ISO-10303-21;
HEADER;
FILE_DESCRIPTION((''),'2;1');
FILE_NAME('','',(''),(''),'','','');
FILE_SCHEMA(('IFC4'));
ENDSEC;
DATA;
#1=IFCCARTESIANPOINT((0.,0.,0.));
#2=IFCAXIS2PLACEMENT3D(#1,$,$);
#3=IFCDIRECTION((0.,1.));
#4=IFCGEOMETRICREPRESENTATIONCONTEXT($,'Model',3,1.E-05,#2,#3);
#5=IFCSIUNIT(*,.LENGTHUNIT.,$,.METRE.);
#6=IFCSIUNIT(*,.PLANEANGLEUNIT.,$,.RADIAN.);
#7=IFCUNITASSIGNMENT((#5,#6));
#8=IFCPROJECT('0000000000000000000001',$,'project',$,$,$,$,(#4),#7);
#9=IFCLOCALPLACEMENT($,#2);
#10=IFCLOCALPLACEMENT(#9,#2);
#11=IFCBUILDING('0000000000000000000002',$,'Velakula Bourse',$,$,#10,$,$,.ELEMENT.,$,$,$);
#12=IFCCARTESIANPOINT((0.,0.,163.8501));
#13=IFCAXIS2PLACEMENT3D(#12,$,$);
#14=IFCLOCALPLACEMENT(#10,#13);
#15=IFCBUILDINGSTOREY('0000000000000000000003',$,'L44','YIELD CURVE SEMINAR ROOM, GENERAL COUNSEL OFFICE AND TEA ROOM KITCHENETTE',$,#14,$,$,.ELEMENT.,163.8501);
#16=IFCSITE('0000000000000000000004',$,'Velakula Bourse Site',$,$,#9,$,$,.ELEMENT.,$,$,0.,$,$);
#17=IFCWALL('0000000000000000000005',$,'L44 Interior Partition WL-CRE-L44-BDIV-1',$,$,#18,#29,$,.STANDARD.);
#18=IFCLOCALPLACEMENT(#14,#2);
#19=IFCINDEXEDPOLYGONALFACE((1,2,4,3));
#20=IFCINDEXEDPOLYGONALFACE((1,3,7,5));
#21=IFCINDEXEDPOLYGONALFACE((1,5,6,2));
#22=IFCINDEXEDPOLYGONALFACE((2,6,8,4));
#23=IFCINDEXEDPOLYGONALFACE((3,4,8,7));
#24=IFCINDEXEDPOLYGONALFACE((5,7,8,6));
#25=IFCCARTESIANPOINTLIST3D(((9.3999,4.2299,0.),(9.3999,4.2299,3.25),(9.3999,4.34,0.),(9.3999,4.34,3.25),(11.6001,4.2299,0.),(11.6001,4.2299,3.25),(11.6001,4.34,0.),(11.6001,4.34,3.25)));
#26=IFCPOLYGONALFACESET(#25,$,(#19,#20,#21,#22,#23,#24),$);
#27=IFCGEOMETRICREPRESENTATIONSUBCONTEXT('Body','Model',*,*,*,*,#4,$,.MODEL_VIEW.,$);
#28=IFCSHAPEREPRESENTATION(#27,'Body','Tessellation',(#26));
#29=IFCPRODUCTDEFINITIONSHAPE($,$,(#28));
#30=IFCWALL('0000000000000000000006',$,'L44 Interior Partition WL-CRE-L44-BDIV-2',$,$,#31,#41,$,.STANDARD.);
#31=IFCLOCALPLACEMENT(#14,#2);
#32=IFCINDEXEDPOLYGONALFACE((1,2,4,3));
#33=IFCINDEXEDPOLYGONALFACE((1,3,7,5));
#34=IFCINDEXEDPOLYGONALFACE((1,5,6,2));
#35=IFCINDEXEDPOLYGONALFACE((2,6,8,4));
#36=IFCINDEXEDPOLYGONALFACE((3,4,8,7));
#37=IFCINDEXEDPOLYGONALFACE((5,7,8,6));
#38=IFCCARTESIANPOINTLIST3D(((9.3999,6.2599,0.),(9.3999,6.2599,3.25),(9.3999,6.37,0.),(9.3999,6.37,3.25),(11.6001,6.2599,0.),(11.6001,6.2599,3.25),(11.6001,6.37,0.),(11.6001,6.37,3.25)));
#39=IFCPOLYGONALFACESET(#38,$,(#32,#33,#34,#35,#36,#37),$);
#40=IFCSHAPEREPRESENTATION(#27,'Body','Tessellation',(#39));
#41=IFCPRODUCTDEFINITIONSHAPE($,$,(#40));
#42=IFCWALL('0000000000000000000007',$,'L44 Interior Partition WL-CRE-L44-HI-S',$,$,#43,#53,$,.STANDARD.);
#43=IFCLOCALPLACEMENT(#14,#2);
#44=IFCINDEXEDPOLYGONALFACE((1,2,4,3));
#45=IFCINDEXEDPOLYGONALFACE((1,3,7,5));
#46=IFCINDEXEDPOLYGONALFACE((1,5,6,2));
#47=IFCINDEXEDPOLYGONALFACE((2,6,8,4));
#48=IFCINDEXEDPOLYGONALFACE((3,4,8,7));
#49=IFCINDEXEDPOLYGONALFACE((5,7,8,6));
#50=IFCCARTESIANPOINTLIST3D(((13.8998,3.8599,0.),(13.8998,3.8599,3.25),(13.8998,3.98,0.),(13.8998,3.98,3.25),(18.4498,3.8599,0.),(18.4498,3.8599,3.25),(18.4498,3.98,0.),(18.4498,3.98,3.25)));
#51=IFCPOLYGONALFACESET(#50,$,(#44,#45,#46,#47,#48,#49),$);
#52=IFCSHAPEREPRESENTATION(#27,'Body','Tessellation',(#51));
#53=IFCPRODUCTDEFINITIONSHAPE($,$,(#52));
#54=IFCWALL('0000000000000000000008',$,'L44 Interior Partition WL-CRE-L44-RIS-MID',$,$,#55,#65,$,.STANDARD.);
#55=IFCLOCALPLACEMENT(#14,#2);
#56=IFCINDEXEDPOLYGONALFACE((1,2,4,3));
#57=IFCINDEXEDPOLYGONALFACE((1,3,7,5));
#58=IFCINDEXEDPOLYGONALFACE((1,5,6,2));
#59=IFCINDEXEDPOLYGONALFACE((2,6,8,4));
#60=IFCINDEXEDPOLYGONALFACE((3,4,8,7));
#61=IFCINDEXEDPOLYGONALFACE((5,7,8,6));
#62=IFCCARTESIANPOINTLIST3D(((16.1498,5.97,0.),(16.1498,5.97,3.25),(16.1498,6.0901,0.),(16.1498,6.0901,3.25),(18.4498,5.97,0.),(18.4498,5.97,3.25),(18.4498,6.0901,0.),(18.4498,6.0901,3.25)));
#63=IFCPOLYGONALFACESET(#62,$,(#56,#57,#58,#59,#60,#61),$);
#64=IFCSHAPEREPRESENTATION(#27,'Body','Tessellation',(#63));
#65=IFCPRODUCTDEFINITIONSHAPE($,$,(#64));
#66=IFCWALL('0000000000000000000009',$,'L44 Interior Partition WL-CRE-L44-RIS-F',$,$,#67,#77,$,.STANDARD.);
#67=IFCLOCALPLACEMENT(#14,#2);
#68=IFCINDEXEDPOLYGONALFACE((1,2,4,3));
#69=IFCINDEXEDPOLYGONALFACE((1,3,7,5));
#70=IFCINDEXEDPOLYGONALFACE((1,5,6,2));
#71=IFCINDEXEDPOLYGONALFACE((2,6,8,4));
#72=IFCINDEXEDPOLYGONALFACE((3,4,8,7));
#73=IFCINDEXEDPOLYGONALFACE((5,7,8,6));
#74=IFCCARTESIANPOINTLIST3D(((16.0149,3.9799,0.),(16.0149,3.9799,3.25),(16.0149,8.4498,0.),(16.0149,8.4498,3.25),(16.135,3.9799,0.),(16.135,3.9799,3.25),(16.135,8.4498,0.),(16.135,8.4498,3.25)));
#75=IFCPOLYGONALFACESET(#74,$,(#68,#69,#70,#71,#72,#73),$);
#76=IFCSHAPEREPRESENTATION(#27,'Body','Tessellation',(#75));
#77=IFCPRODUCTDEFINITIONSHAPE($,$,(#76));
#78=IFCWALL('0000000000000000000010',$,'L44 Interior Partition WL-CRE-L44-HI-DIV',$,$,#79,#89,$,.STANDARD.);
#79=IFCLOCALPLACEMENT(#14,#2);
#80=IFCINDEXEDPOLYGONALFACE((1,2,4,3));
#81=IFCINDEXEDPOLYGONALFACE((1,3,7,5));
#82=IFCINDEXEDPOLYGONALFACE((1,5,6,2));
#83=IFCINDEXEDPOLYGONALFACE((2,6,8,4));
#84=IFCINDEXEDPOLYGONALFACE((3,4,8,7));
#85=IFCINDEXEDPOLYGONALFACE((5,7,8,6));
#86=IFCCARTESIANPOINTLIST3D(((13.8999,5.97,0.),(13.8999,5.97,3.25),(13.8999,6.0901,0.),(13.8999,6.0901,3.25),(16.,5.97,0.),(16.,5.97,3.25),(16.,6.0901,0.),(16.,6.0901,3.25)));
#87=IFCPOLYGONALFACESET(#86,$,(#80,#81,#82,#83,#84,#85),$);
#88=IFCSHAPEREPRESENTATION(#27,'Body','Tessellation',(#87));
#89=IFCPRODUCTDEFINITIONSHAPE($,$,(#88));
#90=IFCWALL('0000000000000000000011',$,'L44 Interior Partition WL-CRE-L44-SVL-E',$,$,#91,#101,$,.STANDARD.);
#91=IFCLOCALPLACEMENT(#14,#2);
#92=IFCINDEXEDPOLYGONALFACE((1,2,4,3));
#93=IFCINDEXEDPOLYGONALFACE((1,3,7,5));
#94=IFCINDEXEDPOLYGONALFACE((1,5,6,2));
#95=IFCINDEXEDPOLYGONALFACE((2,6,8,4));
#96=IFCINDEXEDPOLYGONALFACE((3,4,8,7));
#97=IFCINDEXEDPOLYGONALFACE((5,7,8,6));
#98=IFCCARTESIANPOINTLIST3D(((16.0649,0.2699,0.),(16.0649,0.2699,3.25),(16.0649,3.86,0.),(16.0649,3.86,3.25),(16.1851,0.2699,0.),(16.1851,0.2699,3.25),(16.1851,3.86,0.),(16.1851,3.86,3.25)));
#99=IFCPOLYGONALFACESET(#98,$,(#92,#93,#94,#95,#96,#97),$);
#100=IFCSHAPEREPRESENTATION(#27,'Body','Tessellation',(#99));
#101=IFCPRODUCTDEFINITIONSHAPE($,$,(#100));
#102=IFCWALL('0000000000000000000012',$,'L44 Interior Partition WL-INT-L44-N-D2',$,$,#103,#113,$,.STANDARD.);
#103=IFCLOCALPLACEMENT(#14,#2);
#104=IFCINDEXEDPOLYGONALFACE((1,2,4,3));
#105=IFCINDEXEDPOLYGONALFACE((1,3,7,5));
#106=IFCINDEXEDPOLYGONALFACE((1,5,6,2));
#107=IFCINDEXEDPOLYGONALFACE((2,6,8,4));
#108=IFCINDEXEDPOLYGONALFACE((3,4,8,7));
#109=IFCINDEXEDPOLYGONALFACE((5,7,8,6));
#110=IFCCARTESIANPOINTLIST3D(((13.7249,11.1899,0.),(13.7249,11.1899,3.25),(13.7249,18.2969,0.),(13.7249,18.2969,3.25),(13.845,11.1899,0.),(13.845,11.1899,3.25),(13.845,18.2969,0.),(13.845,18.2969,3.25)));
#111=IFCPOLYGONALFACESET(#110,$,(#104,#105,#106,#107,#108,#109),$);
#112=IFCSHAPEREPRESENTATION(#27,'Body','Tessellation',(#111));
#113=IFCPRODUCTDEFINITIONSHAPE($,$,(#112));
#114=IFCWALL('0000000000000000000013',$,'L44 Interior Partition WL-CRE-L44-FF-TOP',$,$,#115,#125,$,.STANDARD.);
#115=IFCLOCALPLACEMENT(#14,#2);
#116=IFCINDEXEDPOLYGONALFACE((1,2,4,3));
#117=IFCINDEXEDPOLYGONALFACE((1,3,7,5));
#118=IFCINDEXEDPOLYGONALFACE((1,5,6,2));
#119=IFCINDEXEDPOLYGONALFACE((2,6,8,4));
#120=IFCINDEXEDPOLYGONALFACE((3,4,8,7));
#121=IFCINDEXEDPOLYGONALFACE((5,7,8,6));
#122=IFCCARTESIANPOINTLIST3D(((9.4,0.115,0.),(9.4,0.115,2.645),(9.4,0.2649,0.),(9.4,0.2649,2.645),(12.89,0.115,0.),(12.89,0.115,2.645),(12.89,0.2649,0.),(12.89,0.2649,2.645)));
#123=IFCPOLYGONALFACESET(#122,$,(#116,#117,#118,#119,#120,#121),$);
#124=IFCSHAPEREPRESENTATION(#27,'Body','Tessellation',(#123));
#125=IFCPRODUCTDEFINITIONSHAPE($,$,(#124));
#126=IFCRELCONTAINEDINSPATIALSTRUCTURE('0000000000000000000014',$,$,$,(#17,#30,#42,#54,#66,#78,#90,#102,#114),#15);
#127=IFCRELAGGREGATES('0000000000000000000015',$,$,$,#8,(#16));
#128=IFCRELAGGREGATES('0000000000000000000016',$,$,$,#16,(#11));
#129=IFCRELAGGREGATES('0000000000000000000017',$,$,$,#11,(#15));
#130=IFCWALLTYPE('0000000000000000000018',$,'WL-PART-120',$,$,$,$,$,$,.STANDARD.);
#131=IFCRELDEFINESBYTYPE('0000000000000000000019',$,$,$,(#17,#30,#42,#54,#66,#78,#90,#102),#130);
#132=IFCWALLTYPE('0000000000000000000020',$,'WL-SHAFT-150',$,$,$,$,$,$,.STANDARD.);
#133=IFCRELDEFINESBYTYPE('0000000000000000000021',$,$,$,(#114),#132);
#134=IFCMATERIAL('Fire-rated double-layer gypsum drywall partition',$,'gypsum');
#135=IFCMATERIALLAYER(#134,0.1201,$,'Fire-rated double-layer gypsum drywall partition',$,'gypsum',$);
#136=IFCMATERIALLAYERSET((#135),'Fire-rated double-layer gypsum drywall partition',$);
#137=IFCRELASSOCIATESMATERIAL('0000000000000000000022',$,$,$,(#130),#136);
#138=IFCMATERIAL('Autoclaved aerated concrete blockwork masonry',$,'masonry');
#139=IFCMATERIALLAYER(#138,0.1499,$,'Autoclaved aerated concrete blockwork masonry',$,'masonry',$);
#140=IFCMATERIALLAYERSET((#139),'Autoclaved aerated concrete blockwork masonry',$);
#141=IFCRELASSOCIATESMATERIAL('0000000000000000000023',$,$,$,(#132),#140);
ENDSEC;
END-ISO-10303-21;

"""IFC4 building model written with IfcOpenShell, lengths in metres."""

from ifc_helpers import new_model, si_unit, direction, frame, frame_2d, origin, place, context, subcontext, project, spatial, rectangle, extrude, material, layer, layer_set, type_object, element, save


model = new_model("IFC4")

# Units and contexts
model_context = context("Model", 3, precision=1e-05, world=origin(), true_north=direction((0.0, 1.0)))
body_context = subcontext(model_context, "Body", "Model", "MODEL_VIEW")
ifc_project = project(units=[si_unit("LENGTHUNIT", "METRE"), si_unit("PLANEANGLEUNIT", "RADIAN")], contexts=[model_context])

# Site, building, storey
site_placement = place(None, origin())
site = spatial("IfcSite", under=ifc_project, at=site_placement, Name="Velakula Bourse Site", CompositionType="ELEMENT", RefElevation=0.0)
building_placement = place(site_placement, origin())
building = spatial("IfcBuilding", under=site, at=building_placement, Name="Velakula Bourse", CompositionType="ELEMENT")
storey_placement = place(building_placement, frame((0.0, 0.0, 163.8501)))
storey = spatial("IfcBuildingStorey", under=building, at=storey_placement, Name="L44", Description="YIELD CURVE SEMINAR ROOM, GENERAL COUNSEL OFFICE AND TEA ROOM KITCHENETTE", CompositionType="ELEMENT", Elevation=163.8501)

# Shared definitions
ifc_material_1 = material(Name="Fire-rated double-layer gypsum drywall partition", Category="gypsum")
ifc_layer_1 = layer(ifc_material_1, 0.1201, Name="Fire-rated double-layer gypsum drywall partition", Category="gypsum")
ifc_layer_set_1 = layer_set([ifc_layer_1], Name="Fire-rated double-layer gypsum drywall partition")
wall_type_1 = type_object("IfcWallType", Name="WL-PART-120", PredefinedType="STANDARD", material=ifc_layer_set_1)

# Walls
for number, where, z_axis, x_axis, name in (
    (1, (9.3999, 4.2849, 0.0), (0.0, 0.0, 1.0), (1.0, 0.0, 0.0), "L44 Interior Partition WL-CRE-L44-BDIV-1"),
    (2, (9.3999, 6.3149, 0.0), (0.0, 0.0, 1.0), (1.0, 0.0, 0.0), "L44 Interior Partition WL-CRE-L44-BDIV-2"),
):
    element("IfcWall", number, at=place(storey_placement, frame(where, z_axis=z_axis, x_axis=x_axis)), inside=storey, type_object=wall_type_1, Name=name, PredefinedType="STANDARD", context=body_context, shape_type="SweptSolid", body=[
        extrude(rectangle(XDim=2.2002, YDim=0.1101, at=frame_2d((1.1001, 0.0))), origin(), (0.0, 0.0, 1.0), 3.25),
    ])
wall_1_placement = place(storey_placement, frame((13.8999, 3.9199, 0.0), z_axis=(0.0, 0.0, 1.0), x_axis=(1.0, 0.0, 0.0)))
element("IfcWall", 3, at=wall_1_placement, inside=storey, type_object=wall_type_1, Name="L44 Interior Partition WL-CRE-L44-HI-S", PredefinedType="STANDARD", context=body_context, shape_type="SweptSolid", body=[
    extrude(rectangle(XDim=4.55, YDim=0.1201, at=frame_2d((2.2749, 0.0))), origin(), (0.0, 0.0, 1.0), 3.25),
])
wall_2_placement = place(storey_placement, frame((16.1499, 6.03, 0.0), z_axis=(0.0, 0.0, 1.0), x_axis=(1.0, 0.0, 0.0)))
element("IfcWall", 4, at=wall_2_placement, inside=storey, type_object=wall_type_1, Name="L44 Interior Partition WL-CRE-L44-RIS-MID", PredefinedType="STANDARD", context=body_context, shape_type="SweptSolid", body=[
    extrude(rectangle(XDim=2.3, YDim=0.1201, at=frame_2d((1.1499, 0.0))), origin(), (0.0, 0.0, 1.0), 3.25),
])
wall_3_placement = place(storey_placement, frame((16.075, 3.98, 0.0), z_axis=(0.0, 0.0, 1.0), x_axis=(0.0, 1.0, 0.0)))
element("IfcWall", 5, at=wall_3_placement, inside=storey, type_object=wall_type_1, Name="L44 Interior Partition WL-CRE-L44-RIS-F", PredefinedType="STANDARD", context=body_context, shape_type="SweptSolid", body=[
    extrude(rectangle(XDim=4.47, YDim=0.1201, at=frame_2d((2.2349, 0.0))), origin(), (0.0, 0.0, 1.0), 3.25),
])
wall_4_placement = place(storey_placement, frame((13.8999, 6.03, 0.0), z_axis=(0.0, 0.0, 1.0), x_axis=(1.0, 0.0, 0.0)))
element("IfcWall", 6, at=wall_4_placement, inside=storey, type_object=wall_type_1, Name="L44 Interior Partition WL-CRE-L44-HI-DIV", PredefinedType="STANDARD", context=body_context, shape_type="SweptSolid", body=[
    extrude(rectangle(XDim=2.1001, YDim=0.1201, at=frame_2d((1.05, 0.0))), origin(), (0.0, 0.0, 1.0), 3.25),
])
wall_5_placement = place(storey_placement, frame((16.125, 0.27, 0.0), z_axis=(0.0, 0.0, 1.0), x_axis=(0.0, 1.0, 0.0)))
element("IfcWall", 7, at=wall_5_placement, inside=storey, type_object=wall_type_1, Name="L44 Interior Partition WL-CRE-L44-SVL-E", PredefinedType="STANDARD", context=body_context, shape_type="SweptSolid", body=[
    extrude(rectangle(XDim=3.5901, YDim=0.1201, at=frame_2d((1.7949, 0.0))), origin(), (0.0, 0.0, 1.0), 3.25),
])
wall_6_placement = place(storey_placement, frame((13.7849, 11.1899, 0.0), z_axis=(0.0, 0.0, 1.0), x_axis=(0.0, 1.0, 0.0)))
element("IfcWall", 8, at=wall_6_placement, inside=storey, type_object=wall_type_1, Name="L44 Interior Partition WL-INT-L44-N-D2", PredefinedType="STANDARD", context=body_context, shape_type="SweptSolid", body=[
    extrude(rectangle(XDim=7.1069, YDim=0.1201, at=frame_2d((3.5535, 0.0))), origin(), (0.0, 0.0, 1.0), 3.25),
])
ifc_material_2 = material(Name="Autoclaved aerated concrete blockwork masonry", Category="masonry")
ifc_layer_2 = layer(ifc_material_2, 0.1499, Name="Autoclaved aerated concrete blockwork masonry", Category="masonry")
ifc_layer_set_2 = layer_set([ifc_layer_2], Name="Autoclaved aerated concrete blockwork masonry")
wall_type_2 = type_object("IfcWallType", Name="WL-SHAFT-150", PredefinedType="STANDARD", material=ifc_layer_set_2)
wall_7_placement = place(storey_placement, frame((9.3999, 0.1899, 0.0), z_axis=(0.0, 0.0, 1.0), x_axis=(1.0, 0.0, 0.0)))
element("IfcWall", 9, at=wall_7_placement, inside=storey, type_object=wall_type_2, Name="L44 Interior Partition WL-CRE-L44-FF-TOP", PredefinedType="STANDARD", context=body_context, shape_type="SweptSolid", body=[
    extrude(rectangle(XDim=3.49, YDim=0.1499, at=frame_2d((1.7451, 0.0))), origin(), (0.0, 0.0, 1.0), 2.645),
])

save(model, "model.ifc")
